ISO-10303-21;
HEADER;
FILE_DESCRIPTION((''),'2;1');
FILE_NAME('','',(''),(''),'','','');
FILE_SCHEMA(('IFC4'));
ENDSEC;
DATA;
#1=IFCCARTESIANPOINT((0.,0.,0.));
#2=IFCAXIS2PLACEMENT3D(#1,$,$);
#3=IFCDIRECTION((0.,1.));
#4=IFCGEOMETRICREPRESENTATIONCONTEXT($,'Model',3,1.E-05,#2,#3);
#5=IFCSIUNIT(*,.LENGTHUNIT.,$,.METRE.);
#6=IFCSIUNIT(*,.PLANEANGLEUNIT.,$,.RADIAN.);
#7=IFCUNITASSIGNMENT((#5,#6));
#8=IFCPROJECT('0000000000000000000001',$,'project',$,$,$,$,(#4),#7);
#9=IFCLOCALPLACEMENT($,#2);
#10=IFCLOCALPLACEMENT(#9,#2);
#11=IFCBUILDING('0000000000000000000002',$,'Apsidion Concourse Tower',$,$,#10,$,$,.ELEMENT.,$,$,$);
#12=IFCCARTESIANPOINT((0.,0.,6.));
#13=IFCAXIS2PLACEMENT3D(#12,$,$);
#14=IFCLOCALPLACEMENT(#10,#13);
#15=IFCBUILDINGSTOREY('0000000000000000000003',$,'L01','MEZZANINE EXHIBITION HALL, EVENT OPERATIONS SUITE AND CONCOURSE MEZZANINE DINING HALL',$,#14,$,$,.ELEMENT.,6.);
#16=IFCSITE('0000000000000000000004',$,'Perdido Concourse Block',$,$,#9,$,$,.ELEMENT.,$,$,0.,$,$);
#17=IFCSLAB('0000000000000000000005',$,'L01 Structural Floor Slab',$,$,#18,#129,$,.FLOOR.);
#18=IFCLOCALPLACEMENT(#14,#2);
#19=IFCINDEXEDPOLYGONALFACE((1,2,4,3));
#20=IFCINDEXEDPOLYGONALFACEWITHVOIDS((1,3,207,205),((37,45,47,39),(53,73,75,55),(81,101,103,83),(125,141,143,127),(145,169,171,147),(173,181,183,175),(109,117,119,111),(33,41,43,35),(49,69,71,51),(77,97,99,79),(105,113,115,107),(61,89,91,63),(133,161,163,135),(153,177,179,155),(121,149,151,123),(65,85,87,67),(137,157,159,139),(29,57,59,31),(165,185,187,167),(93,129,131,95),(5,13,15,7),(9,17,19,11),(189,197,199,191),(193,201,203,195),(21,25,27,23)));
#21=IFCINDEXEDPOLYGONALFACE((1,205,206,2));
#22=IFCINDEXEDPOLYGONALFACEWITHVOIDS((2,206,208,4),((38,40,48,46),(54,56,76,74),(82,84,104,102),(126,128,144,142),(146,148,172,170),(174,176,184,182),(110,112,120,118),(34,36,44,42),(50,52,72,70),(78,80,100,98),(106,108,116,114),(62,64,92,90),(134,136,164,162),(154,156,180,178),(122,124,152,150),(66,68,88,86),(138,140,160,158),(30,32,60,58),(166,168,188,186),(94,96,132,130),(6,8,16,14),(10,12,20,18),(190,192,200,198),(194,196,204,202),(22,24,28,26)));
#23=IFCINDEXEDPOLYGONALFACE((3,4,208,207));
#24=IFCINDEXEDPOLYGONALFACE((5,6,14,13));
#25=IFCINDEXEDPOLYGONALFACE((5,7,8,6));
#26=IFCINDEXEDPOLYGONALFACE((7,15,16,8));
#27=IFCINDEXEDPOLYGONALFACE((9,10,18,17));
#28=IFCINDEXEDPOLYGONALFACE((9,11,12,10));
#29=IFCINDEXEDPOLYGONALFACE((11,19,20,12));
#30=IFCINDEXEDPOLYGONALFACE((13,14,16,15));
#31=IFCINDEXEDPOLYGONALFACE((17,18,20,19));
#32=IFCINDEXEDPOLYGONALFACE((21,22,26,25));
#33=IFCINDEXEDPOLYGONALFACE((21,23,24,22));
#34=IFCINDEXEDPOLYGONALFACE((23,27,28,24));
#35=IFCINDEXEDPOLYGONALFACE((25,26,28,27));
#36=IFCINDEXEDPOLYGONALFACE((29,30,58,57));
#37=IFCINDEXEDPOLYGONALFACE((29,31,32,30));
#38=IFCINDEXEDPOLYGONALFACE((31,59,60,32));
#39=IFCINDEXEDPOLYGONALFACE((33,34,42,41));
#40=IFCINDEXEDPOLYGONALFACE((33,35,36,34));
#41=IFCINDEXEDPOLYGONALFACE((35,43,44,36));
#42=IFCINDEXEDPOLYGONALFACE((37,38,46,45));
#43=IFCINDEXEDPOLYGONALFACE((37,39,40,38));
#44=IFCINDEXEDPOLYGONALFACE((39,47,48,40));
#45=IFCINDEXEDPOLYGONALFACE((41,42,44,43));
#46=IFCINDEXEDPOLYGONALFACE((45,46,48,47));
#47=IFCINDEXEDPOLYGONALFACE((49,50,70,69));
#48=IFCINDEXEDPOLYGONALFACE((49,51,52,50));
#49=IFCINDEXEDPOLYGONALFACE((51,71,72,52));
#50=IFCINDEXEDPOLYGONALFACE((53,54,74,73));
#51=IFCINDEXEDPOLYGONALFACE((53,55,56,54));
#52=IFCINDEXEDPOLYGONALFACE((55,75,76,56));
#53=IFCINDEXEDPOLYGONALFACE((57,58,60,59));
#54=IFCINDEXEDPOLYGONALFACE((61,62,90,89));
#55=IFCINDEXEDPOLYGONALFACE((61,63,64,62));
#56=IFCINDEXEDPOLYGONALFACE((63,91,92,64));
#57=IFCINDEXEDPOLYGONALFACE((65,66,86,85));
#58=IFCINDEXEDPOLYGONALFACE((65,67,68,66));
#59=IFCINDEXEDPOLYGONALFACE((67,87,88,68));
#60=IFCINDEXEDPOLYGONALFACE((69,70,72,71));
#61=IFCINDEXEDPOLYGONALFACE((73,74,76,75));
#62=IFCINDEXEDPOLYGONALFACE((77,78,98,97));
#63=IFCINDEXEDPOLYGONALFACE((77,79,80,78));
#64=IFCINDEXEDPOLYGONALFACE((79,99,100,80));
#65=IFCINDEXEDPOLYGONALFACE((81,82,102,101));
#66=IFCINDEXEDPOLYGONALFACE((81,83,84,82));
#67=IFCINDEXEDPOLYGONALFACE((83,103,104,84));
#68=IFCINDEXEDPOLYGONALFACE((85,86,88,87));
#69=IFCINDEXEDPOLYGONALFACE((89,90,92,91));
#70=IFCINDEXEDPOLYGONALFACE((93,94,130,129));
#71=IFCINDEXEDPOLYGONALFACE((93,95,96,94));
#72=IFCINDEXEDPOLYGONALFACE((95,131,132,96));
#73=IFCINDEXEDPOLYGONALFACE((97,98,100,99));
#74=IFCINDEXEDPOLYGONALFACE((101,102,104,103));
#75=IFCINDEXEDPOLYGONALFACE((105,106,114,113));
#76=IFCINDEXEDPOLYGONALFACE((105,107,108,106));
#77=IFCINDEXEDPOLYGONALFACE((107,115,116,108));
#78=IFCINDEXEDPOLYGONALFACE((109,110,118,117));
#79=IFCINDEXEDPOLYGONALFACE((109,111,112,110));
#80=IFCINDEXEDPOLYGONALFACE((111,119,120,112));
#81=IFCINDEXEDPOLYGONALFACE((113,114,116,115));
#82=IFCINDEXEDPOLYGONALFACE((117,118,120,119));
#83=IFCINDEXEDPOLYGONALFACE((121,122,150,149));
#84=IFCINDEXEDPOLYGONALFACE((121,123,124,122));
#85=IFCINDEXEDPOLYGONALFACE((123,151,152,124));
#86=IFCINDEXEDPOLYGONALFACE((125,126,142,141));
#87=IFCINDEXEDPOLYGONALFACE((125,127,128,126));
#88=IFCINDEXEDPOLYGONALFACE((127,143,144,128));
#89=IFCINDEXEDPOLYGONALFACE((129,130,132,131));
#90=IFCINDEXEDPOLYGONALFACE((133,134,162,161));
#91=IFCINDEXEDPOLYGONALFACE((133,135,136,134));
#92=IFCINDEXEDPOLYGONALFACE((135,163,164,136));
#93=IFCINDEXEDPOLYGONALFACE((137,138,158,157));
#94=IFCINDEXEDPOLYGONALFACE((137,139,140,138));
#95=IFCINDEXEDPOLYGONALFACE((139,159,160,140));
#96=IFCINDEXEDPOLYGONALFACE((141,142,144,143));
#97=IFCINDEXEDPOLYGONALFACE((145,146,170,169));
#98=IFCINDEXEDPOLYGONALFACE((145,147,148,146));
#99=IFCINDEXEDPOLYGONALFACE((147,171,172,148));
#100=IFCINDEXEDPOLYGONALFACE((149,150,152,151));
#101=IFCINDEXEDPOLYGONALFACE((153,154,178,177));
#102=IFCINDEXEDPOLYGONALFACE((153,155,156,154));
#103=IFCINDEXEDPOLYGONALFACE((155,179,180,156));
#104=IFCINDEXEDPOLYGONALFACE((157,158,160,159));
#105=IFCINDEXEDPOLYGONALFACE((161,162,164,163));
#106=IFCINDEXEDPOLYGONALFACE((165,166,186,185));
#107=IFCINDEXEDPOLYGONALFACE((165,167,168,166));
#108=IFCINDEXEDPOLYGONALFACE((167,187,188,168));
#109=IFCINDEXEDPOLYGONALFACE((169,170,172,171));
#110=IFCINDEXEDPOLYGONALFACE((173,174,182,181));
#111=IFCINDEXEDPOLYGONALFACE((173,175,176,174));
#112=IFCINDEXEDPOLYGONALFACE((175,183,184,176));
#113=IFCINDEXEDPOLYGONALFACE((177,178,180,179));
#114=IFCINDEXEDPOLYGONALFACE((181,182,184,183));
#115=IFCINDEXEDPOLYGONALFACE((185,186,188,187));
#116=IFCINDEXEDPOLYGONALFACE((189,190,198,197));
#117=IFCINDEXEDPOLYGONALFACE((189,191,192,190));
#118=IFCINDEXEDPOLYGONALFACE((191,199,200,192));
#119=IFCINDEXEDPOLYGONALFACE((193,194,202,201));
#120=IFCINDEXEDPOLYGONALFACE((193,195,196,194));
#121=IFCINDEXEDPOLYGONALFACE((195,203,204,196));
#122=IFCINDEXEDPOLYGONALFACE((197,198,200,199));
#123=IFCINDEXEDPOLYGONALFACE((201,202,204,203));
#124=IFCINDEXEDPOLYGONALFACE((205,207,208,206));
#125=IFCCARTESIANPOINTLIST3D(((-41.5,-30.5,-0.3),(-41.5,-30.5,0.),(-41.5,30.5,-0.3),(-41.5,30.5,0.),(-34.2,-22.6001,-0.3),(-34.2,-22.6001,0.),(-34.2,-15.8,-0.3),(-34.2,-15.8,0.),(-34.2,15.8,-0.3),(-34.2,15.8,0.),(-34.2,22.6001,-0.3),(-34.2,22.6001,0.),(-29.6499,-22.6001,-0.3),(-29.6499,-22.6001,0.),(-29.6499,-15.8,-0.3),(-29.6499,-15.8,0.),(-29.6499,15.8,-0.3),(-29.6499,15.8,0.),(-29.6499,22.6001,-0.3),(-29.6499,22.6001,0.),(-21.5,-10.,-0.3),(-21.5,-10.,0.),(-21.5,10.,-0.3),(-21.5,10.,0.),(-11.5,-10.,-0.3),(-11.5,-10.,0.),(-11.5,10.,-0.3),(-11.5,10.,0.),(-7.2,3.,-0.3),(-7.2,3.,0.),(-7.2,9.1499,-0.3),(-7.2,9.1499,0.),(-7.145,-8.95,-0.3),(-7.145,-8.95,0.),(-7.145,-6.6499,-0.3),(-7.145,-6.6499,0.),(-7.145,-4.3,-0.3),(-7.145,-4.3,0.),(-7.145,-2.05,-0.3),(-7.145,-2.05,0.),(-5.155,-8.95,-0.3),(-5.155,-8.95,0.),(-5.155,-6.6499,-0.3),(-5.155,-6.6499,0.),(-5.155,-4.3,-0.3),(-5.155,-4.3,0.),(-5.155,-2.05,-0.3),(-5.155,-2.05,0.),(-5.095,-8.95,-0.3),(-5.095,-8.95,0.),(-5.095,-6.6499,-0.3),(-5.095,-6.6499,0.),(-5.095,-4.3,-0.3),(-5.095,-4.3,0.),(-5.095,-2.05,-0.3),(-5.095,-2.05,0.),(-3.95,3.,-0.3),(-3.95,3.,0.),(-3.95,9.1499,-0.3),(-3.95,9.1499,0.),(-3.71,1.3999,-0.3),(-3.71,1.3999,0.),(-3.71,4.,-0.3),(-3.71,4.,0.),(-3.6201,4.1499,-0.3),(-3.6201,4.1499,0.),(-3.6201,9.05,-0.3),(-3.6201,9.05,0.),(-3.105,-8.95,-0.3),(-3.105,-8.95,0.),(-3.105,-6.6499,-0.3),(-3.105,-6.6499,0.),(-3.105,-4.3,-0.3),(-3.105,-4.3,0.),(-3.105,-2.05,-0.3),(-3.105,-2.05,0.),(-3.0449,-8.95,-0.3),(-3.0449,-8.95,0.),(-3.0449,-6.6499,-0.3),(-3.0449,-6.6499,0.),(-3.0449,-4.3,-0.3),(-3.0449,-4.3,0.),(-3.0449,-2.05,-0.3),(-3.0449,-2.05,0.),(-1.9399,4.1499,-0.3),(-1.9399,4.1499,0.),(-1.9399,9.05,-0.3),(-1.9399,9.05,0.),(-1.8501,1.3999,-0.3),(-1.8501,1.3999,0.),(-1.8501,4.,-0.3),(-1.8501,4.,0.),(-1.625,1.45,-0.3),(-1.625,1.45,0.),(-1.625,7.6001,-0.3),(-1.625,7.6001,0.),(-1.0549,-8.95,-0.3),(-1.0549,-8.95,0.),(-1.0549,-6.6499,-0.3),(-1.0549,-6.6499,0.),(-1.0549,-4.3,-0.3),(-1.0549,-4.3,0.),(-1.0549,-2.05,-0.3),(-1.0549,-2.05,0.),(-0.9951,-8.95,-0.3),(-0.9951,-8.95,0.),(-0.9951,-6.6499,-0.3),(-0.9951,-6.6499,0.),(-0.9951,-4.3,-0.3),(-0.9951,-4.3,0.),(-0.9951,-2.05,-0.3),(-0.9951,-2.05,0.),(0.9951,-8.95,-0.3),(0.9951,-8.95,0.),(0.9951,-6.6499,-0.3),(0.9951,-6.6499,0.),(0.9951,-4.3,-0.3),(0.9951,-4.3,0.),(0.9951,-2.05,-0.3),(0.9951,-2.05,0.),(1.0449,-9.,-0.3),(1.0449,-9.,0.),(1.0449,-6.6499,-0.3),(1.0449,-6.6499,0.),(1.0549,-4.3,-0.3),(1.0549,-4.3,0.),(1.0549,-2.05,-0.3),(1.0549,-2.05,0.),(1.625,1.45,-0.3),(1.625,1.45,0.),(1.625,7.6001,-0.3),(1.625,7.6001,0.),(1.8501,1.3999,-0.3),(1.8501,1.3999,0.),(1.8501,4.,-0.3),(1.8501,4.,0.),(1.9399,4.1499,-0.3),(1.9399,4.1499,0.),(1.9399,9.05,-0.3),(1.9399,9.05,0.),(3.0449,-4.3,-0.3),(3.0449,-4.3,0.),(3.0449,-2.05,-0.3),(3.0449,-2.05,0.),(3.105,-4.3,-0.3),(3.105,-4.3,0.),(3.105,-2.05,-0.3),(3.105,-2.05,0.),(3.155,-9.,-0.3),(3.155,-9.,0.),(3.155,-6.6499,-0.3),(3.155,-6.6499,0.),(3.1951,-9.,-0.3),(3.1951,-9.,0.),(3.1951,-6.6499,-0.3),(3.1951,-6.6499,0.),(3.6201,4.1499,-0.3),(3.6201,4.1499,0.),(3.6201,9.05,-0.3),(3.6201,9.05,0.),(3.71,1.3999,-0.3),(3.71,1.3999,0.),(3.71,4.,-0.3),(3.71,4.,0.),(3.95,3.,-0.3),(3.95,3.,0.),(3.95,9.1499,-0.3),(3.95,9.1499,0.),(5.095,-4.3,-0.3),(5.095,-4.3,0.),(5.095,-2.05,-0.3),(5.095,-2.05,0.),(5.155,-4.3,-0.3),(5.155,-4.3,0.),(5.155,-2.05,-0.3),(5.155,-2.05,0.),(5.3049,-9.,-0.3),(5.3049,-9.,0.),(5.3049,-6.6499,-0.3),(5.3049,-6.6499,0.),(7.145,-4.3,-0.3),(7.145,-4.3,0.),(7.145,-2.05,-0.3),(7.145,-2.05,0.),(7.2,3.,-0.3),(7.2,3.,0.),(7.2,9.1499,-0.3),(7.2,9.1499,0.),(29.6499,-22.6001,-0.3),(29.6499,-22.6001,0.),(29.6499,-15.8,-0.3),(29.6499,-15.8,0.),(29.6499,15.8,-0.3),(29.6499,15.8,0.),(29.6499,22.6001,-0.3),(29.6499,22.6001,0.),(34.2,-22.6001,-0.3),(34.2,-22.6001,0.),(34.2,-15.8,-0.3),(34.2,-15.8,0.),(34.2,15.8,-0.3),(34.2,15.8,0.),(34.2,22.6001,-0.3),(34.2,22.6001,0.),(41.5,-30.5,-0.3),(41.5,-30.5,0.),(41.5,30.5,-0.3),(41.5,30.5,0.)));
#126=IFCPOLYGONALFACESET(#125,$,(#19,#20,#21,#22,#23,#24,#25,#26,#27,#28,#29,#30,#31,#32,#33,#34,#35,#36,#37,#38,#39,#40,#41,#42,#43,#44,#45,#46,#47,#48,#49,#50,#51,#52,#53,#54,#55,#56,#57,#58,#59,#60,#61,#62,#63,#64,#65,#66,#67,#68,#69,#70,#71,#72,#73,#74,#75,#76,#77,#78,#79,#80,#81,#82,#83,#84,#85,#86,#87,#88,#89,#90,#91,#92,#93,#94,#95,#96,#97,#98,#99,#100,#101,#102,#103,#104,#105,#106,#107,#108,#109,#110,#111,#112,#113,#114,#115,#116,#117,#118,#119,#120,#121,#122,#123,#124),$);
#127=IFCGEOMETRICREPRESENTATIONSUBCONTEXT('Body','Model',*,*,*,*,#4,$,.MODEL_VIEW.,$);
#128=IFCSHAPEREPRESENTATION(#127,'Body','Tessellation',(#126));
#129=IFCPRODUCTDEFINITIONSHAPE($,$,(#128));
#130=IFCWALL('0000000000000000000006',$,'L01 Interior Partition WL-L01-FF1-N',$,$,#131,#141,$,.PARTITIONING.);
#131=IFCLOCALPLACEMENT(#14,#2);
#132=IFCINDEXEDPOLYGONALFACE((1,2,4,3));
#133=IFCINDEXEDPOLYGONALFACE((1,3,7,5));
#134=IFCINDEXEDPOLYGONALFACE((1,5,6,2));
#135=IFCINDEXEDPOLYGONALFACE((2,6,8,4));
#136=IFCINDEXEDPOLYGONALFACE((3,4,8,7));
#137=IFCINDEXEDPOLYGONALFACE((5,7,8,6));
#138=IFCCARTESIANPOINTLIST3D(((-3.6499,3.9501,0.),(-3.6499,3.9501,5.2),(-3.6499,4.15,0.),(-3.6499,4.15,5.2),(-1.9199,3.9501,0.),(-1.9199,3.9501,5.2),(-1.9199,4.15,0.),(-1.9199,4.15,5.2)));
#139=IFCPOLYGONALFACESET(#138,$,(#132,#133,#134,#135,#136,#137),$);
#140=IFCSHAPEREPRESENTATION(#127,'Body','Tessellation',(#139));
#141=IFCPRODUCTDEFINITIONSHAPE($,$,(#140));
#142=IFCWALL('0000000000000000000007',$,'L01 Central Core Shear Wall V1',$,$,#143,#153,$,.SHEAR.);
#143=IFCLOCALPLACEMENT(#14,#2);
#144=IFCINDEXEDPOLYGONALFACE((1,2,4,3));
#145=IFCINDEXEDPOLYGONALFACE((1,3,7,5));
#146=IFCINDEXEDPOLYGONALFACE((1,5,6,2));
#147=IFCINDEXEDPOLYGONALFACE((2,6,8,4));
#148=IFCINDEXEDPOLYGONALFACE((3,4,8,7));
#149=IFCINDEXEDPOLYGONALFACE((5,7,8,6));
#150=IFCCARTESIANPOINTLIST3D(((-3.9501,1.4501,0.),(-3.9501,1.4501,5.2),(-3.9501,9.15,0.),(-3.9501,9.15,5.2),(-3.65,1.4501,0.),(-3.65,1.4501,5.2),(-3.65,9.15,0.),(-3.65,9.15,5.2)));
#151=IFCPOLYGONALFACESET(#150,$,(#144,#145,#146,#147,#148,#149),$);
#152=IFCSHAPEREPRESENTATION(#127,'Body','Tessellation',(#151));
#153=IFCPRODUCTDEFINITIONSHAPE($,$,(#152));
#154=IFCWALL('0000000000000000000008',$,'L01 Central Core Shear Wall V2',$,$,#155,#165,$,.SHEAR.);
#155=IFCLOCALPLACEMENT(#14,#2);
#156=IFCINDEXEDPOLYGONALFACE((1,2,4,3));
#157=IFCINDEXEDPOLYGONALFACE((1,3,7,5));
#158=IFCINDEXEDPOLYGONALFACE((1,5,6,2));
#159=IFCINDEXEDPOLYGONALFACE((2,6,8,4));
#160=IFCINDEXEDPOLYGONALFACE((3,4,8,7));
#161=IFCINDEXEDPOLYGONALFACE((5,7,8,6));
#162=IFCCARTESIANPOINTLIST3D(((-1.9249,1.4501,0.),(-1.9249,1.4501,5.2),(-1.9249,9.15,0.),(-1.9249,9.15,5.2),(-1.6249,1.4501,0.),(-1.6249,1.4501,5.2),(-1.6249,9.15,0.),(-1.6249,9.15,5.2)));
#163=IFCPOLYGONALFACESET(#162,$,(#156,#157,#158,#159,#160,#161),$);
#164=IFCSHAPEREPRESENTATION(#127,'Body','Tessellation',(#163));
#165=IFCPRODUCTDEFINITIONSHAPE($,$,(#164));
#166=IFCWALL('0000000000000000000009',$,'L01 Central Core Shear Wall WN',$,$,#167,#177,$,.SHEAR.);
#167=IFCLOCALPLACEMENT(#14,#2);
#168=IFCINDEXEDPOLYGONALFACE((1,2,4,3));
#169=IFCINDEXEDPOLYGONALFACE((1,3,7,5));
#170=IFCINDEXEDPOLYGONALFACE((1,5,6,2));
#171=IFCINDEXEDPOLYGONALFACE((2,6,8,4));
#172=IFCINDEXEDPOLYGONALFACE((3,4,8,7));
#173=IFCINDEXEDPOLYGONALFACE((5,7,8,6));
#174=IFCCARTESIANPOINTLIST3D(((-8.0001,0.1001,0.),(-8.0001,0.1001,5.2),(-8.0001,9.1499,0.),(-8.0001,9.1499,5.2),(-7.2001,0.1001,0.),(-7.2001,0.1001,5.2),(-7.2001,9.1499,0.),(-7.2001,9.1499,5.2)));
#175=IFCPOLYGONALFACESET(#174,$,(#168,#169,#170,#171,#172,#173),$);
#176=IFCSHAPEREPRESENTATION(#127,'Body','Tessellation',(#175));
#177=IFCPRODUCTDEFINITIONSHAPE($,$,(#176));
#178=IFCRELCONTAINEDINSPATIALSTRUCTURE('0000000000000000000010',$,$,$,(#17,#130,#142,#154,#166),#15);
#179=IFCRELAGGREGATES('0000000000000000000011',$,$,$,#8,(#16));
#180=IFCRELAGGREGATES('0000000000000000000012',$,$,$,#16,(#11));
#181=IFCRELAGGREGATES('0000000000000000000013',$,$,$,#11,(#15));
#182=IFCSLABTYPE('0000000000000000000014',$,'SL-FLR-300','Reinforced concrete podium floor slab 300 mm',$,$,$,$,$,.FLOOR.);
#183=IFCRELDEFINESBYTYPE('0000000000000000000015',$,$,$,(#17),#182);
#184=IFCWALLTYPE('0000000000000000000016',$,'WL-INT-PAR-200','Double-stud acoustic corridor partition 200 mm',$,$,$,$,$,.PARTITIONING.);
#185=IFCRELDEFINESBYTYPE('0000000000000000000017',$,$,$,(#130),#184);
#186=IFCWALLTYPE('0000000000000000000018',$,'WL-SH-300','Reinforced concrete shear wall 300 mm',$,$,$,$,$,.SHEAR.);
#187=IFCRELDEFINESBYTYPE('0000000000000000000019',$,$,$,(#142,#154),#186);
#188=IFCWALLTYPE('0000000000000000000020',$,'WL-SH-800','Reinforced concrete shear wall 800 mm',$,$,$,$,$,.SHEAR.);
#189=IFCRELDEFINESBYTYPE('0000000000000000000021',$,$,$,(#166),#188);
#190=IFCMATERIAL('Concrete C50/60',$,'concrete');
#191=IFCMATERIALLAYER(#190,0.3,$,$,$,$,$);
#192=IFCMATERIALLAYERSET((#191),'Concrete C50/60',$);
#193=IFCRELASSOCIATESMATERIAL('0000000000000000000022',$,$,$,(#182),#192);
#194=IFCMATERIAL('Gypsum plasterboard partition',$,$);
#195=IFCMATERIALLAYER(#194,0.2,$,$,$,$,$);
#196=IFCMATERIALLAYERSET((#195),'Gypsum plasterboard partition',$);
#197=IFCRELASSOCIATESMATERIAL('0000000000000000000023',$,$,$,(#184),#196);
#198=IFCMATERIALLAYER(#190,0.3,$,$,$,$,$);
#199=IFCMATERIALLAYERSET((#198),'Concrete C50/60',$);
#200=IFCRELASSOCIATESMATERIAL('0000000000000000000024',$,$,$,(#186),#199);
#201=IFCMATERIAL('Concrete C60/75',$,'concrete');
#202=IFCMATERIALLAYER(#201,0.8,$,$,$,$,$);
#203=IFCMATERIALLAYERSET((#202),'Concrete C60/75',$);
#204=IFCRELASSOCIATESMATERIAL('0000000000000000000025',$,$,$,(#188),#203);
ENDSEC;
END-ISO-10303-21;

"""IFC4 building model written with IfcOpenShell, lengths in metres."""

from ifc_helpers import new_model, si_unit, direction, frame, frame_2d, origin, place, context, subcontext, project, spatial, polyline, rectangle, outline, extrude, material, layer, layer_set, type_object, element, save


model = new_model("IFC4")

# Units and contexts
model_context = context("Model", 3, precision=1e-05, world=origin(), true_north=direction((0.0, 1.0)))
body_context = subcontext(model_context, "Body", "Model", "MODEL_VIEW")
ifc_project = project(units=[si_unit("LENGTHUNIT", "METRE"), si_unit("PLANEANGLEUNIT", "RADIAN")], contexts=[model_context])

# Site, building, storey
site_placement = place(None, origin())
site = spatial("IfcSite", under=ifc_project, at=site_placement, Name="Perdido Concourse Block", CompositionType="ELEMENT", RefElevation=0.0)
building_placement = place(site_placement, origin())
building = spatial("IfcBuilding", under=site, at=building_placement, Name="Apsidion Concourse Tower", CompositionType="ELEMENT")
storey_placement = place(building_placement, frame((0.0, 0.0, 6.0)))
storey = spatial("IfcBuildingStorey", under=building, at=storey_placement, Name="L01", Description="MEZZANINE EXHIBITION HALL, EVENT OPERATIONS SUITE AND CONCOURSE MEZZANINE DINING HALL", CompositionType="ELEMENT", Elevation=6.0)

# Shared definitions
ifc_material_1 = material(Name="Concrete C60/75", Category="concrete")

# Slab
ifc_material_2 = material(Name="Concrete C50/60", Category="concrete")
ifc_layer_1 = layer(ifc_material_2, 0.3)
ifc_layer_set_1 = layer_set([ifc_layer_1], Name="Concrete C50/60")
slab_type = type_object("IfcSlabType", Name="SL-FLR-300", Description="Reinforced concrete podium floor slab 300 mm", PredefinedType="FLOOR", material=ifc_layer_set_1)
slab_placement = place(storey_placement, frame((0.0, 0.0, -0.3)))
element("IfcSlab", 1, at=slab_placement, inside=storey, type_object=slab_type, Name="L01 Structural Floor Slab", PredefinedType="FLOOR", context=body_context, shape_type="SweptSolid", body=[
    extrude(outline(polyline([(-41.5, -30.5), (41.5, -30.5), (41.5, 30.5), (-41.5, 30.5), (-41.5, -30.5)]), holes=[polyline([(-3.95, 3.0), (-3.95, 9.1499), (-7.2, 9.1499), (-7.2, 3.0), (-3.95, 3.0)]), polyline([(7.2, 3.0), (7.2, 9.1499), (3.95, 9.1499), (3.95, 3.0), (7.2, 3.0)]), polyline([(-1.625, 7.6001), (-1.625, 1.45), (1.625, 1.45), (1.625, 7.6001), (-1.625, 7.6001)]), polyline([(-29.6499, -22.6001), (-29.6499, -15.8), (-34.2, -15.8), (-34.2, -22.6001), (-29.6499, -22.6001)]), polyline([(34.2, -22.6001), (34.2, -15.8), (29.6499, -15.8), (29.6499, -22.6001), (34.2, -22.6001)]), polyline([(-34.2, 22.6001), (-34.2, 15.8), (-29.6499, 15.8), (-29.6499, 22.6001), (-34.2, 22.6001)]), polyline([(29.6499, 22.6001), (29.6499, 15.8), (34.2, 15.8), (34.2, 22.6001), (29.6499, 22.6001)]), polyline([(-7.145, -4.3), (-5.155, -4.3), (-5.155, -2.05), (-7.145, -2.05), (-7.145, -4.3)]), polyline([(-5.095, -4.3), (-3.105, -4.3), (-3.105, -2.05), (-5.095, -2.05), (-5.095, -4.3)]), polyline([(-3.0449, -4.3), (-1.0549, -4.3), (-1.0549, -2.05), (-3.0449, -2.05), (-3.0449, -4.3)]), polyline([(-0.9951, -4.3), (0.9951, -4.3), (0.9951, -2.05), (-0.9951, -2.05), (-0.9951, -4.3)]), polyline([(1.0549, -4.3), (3.0449, -4.3), (3.0449, -2.05), (1.0549, -2.05), (1.0549, -4.3)]), polyline([(3.105, -4.3), (5.095, -4.3), (5.095, -2.05), (3.105, -2.05), (3.105, -4.3)]), polyline([(5.155, -4.3), (7.145, -4.3), (7.145, -2.05), (5.155, -2.05), (5.155, -4.3)]), polyline([(-7.145, -8.95), (-5.155, -8.95), (-5.155, -6.6499), (-7.145, -6.6499), (-7.145, -8.95)]), polyline([(-5.095, -8.95), (-3.105, -8.95), (-3.105, -6.6499), (-5.095, -6.6499), (-5.095, -8.95)]), polyline([(-3.0449, -8.95), (-1.0549, -8.95), (-1.0549, -6.6499), (-3.0449, -6.6499), (-3.0449, -8.95)]), polyline([(-0.9951, -8.95), (0.9951, -8.95), (0.9951, -6.6499), (-0.9951, -6.6499), (-0.9951, -8.95)]), polyline([(1.0449, -9.0), (3.155, -9.0), (3.155, -6.6499), (1.0449, -6.6499), (1.0449, -9.0)]), polyline([(3.1951, -9.0), (5.3049, -9.0), (5.3049, -6.6499), (3.1951, -6.6499), (3.1951, -9.0)]), polyline([(-3.71, 1.3999), (-1.8501, 1.3999), (-1.8501, 4.0), (-3.71, 4.0), (-3.71, 1.3999)]), polyline([(1.8501, 1.3999), (3.71, 1.3999), (3.71, 4.0), (1.8501, 4.0), (1.8501, 1.3999)]), polyline([(-3.6201, 4.1499), (-1.9399, 4.1499), (-1.9399, 9.05), (-3.6201, 9.05), (-3.6201, 4.1499)]), polyline([(1.9399, 4.1499), (3.6201, 4.1499), (3.6201, 9.05), (1.9399, 9.05), (1.9399, 4.1499)]), polyline([(-21.5, -10.0), (-11.5, -10.0), (-11.5, 10.0), (-21.5, 10.0), (-21.5, -10.0)])]), origin(), (0.0, 0.0, 1.0), 0.3),
])

# Walls
ifc_material_3 = material(Name="Gypsum plasterboard partition")
ifc_layer_2 = layer(ifc_material_3, 0.2)
ifc_layer_set_2 = layer_set([ifc_layer_2], Name="Gypsum plasterboard partition")
wall_type_1 = type_object("IfcWallType", Name="WL-INT-PAR-200", Description="Double-stud acoustic corridor partition 200 mm", PredefinedType="PARTITIONING", material=ifc_layer_set_2)
wall_1_placement = place(storey_placement, frame((-3.6499, 4.05, 0.0), z_axis=(0.0, 0.0, 1.0), x_axis=(1.0, 0.0, 0.0)))
element("IfcWall", 2, at=wall_1_placement, inside=storey, type_object=wall_type_1, Name="L01 Interior Partition WL-L01-FF1-N", PredefinedType="PARTITIONING", context=body_context, shape_type="SweptSolid", body=[
    extrude(rectangle(XDim=1.73, YDim=0.2, at=frame_2d((0.865, 0.0))), origin(), (0.0, 0.0, 1.0), 5.2),
])
ifc_layer_3 = layer(ifc_material_2, 0.3)
ifc_layer_set_3 = layer_set([ifc_layer_3], Name="Concrete C50/60")
wall_type_2 = type_object("IfcWallType", Name="WL-SH-300", Description="Reinforced concrete shear wall 300 mm", PredefinedType="SHEAR", material=ifc_layer_set_3)
for number, where, z_axis, x_axis, name in (
    (3, (-3.8, 1.45, 0.0), (0.0, 0.0, 1.0), (0.0, 1.0, 0.0), "L01 Central Core Shear Wall V1"),
    (4, (-1.7749, 1.45, 0.0), (0.0, 0.0, 1.0), (0.0, 1.0, 0.0), "L01 Central Core Shear Wall V2"),
):
    element("IfcWall", number, at=place(storey_placement, frame(where, z_axis=z_axis, x_axis=x_axis)), inside=storey, type_object=wall_type_2, Name=name, PredefinedType="SHEAR", context=body_context, shape_type="SweptSolid", body=[
        extrude(rectangle(XDim=7.7, YDim=0.3, at=frame_2d((3.8501, 0.0))), origin(), (0.0, 0.0, 1.0), 5.2),
    ])

# Wall
ifc_layer_4 = layer(ifc_material_1, 0.8)
ifc_layer_set_4 = layer_set([ifc_layer_4], Name="Concrete C60/75")
wall_type_3 = type_object("IfcWallType", Name="WL-SH-800", Description="Reinforced concrete shear wall 800 mm", PredefinedType="SHEAR", material=ifc_layer_set_4)
wall_2_placement = place(storey_placement, frame((-7.6001, 0.1001, 0.0), z_axis=(0.0, 0.0, 1.0), x_axis=(0.0, 1.0, 0.0)))
element("IfcWall", 5, at=wall_2_placement, inside=storey, type_object=wall_type_3, Name="L01 Central Core Shear Wall WN", PredefinedType="SHEAR", context=body_context, shape_type="SweptSolid", body=[
    extrude(rectangle(XDim=9.0498, YDim=0.8, at=frame_2d((4.5249, 0.0))), origin(), (0.0, 0.0, 1.0), 5.2),
])

save(model, "model.ifc")
